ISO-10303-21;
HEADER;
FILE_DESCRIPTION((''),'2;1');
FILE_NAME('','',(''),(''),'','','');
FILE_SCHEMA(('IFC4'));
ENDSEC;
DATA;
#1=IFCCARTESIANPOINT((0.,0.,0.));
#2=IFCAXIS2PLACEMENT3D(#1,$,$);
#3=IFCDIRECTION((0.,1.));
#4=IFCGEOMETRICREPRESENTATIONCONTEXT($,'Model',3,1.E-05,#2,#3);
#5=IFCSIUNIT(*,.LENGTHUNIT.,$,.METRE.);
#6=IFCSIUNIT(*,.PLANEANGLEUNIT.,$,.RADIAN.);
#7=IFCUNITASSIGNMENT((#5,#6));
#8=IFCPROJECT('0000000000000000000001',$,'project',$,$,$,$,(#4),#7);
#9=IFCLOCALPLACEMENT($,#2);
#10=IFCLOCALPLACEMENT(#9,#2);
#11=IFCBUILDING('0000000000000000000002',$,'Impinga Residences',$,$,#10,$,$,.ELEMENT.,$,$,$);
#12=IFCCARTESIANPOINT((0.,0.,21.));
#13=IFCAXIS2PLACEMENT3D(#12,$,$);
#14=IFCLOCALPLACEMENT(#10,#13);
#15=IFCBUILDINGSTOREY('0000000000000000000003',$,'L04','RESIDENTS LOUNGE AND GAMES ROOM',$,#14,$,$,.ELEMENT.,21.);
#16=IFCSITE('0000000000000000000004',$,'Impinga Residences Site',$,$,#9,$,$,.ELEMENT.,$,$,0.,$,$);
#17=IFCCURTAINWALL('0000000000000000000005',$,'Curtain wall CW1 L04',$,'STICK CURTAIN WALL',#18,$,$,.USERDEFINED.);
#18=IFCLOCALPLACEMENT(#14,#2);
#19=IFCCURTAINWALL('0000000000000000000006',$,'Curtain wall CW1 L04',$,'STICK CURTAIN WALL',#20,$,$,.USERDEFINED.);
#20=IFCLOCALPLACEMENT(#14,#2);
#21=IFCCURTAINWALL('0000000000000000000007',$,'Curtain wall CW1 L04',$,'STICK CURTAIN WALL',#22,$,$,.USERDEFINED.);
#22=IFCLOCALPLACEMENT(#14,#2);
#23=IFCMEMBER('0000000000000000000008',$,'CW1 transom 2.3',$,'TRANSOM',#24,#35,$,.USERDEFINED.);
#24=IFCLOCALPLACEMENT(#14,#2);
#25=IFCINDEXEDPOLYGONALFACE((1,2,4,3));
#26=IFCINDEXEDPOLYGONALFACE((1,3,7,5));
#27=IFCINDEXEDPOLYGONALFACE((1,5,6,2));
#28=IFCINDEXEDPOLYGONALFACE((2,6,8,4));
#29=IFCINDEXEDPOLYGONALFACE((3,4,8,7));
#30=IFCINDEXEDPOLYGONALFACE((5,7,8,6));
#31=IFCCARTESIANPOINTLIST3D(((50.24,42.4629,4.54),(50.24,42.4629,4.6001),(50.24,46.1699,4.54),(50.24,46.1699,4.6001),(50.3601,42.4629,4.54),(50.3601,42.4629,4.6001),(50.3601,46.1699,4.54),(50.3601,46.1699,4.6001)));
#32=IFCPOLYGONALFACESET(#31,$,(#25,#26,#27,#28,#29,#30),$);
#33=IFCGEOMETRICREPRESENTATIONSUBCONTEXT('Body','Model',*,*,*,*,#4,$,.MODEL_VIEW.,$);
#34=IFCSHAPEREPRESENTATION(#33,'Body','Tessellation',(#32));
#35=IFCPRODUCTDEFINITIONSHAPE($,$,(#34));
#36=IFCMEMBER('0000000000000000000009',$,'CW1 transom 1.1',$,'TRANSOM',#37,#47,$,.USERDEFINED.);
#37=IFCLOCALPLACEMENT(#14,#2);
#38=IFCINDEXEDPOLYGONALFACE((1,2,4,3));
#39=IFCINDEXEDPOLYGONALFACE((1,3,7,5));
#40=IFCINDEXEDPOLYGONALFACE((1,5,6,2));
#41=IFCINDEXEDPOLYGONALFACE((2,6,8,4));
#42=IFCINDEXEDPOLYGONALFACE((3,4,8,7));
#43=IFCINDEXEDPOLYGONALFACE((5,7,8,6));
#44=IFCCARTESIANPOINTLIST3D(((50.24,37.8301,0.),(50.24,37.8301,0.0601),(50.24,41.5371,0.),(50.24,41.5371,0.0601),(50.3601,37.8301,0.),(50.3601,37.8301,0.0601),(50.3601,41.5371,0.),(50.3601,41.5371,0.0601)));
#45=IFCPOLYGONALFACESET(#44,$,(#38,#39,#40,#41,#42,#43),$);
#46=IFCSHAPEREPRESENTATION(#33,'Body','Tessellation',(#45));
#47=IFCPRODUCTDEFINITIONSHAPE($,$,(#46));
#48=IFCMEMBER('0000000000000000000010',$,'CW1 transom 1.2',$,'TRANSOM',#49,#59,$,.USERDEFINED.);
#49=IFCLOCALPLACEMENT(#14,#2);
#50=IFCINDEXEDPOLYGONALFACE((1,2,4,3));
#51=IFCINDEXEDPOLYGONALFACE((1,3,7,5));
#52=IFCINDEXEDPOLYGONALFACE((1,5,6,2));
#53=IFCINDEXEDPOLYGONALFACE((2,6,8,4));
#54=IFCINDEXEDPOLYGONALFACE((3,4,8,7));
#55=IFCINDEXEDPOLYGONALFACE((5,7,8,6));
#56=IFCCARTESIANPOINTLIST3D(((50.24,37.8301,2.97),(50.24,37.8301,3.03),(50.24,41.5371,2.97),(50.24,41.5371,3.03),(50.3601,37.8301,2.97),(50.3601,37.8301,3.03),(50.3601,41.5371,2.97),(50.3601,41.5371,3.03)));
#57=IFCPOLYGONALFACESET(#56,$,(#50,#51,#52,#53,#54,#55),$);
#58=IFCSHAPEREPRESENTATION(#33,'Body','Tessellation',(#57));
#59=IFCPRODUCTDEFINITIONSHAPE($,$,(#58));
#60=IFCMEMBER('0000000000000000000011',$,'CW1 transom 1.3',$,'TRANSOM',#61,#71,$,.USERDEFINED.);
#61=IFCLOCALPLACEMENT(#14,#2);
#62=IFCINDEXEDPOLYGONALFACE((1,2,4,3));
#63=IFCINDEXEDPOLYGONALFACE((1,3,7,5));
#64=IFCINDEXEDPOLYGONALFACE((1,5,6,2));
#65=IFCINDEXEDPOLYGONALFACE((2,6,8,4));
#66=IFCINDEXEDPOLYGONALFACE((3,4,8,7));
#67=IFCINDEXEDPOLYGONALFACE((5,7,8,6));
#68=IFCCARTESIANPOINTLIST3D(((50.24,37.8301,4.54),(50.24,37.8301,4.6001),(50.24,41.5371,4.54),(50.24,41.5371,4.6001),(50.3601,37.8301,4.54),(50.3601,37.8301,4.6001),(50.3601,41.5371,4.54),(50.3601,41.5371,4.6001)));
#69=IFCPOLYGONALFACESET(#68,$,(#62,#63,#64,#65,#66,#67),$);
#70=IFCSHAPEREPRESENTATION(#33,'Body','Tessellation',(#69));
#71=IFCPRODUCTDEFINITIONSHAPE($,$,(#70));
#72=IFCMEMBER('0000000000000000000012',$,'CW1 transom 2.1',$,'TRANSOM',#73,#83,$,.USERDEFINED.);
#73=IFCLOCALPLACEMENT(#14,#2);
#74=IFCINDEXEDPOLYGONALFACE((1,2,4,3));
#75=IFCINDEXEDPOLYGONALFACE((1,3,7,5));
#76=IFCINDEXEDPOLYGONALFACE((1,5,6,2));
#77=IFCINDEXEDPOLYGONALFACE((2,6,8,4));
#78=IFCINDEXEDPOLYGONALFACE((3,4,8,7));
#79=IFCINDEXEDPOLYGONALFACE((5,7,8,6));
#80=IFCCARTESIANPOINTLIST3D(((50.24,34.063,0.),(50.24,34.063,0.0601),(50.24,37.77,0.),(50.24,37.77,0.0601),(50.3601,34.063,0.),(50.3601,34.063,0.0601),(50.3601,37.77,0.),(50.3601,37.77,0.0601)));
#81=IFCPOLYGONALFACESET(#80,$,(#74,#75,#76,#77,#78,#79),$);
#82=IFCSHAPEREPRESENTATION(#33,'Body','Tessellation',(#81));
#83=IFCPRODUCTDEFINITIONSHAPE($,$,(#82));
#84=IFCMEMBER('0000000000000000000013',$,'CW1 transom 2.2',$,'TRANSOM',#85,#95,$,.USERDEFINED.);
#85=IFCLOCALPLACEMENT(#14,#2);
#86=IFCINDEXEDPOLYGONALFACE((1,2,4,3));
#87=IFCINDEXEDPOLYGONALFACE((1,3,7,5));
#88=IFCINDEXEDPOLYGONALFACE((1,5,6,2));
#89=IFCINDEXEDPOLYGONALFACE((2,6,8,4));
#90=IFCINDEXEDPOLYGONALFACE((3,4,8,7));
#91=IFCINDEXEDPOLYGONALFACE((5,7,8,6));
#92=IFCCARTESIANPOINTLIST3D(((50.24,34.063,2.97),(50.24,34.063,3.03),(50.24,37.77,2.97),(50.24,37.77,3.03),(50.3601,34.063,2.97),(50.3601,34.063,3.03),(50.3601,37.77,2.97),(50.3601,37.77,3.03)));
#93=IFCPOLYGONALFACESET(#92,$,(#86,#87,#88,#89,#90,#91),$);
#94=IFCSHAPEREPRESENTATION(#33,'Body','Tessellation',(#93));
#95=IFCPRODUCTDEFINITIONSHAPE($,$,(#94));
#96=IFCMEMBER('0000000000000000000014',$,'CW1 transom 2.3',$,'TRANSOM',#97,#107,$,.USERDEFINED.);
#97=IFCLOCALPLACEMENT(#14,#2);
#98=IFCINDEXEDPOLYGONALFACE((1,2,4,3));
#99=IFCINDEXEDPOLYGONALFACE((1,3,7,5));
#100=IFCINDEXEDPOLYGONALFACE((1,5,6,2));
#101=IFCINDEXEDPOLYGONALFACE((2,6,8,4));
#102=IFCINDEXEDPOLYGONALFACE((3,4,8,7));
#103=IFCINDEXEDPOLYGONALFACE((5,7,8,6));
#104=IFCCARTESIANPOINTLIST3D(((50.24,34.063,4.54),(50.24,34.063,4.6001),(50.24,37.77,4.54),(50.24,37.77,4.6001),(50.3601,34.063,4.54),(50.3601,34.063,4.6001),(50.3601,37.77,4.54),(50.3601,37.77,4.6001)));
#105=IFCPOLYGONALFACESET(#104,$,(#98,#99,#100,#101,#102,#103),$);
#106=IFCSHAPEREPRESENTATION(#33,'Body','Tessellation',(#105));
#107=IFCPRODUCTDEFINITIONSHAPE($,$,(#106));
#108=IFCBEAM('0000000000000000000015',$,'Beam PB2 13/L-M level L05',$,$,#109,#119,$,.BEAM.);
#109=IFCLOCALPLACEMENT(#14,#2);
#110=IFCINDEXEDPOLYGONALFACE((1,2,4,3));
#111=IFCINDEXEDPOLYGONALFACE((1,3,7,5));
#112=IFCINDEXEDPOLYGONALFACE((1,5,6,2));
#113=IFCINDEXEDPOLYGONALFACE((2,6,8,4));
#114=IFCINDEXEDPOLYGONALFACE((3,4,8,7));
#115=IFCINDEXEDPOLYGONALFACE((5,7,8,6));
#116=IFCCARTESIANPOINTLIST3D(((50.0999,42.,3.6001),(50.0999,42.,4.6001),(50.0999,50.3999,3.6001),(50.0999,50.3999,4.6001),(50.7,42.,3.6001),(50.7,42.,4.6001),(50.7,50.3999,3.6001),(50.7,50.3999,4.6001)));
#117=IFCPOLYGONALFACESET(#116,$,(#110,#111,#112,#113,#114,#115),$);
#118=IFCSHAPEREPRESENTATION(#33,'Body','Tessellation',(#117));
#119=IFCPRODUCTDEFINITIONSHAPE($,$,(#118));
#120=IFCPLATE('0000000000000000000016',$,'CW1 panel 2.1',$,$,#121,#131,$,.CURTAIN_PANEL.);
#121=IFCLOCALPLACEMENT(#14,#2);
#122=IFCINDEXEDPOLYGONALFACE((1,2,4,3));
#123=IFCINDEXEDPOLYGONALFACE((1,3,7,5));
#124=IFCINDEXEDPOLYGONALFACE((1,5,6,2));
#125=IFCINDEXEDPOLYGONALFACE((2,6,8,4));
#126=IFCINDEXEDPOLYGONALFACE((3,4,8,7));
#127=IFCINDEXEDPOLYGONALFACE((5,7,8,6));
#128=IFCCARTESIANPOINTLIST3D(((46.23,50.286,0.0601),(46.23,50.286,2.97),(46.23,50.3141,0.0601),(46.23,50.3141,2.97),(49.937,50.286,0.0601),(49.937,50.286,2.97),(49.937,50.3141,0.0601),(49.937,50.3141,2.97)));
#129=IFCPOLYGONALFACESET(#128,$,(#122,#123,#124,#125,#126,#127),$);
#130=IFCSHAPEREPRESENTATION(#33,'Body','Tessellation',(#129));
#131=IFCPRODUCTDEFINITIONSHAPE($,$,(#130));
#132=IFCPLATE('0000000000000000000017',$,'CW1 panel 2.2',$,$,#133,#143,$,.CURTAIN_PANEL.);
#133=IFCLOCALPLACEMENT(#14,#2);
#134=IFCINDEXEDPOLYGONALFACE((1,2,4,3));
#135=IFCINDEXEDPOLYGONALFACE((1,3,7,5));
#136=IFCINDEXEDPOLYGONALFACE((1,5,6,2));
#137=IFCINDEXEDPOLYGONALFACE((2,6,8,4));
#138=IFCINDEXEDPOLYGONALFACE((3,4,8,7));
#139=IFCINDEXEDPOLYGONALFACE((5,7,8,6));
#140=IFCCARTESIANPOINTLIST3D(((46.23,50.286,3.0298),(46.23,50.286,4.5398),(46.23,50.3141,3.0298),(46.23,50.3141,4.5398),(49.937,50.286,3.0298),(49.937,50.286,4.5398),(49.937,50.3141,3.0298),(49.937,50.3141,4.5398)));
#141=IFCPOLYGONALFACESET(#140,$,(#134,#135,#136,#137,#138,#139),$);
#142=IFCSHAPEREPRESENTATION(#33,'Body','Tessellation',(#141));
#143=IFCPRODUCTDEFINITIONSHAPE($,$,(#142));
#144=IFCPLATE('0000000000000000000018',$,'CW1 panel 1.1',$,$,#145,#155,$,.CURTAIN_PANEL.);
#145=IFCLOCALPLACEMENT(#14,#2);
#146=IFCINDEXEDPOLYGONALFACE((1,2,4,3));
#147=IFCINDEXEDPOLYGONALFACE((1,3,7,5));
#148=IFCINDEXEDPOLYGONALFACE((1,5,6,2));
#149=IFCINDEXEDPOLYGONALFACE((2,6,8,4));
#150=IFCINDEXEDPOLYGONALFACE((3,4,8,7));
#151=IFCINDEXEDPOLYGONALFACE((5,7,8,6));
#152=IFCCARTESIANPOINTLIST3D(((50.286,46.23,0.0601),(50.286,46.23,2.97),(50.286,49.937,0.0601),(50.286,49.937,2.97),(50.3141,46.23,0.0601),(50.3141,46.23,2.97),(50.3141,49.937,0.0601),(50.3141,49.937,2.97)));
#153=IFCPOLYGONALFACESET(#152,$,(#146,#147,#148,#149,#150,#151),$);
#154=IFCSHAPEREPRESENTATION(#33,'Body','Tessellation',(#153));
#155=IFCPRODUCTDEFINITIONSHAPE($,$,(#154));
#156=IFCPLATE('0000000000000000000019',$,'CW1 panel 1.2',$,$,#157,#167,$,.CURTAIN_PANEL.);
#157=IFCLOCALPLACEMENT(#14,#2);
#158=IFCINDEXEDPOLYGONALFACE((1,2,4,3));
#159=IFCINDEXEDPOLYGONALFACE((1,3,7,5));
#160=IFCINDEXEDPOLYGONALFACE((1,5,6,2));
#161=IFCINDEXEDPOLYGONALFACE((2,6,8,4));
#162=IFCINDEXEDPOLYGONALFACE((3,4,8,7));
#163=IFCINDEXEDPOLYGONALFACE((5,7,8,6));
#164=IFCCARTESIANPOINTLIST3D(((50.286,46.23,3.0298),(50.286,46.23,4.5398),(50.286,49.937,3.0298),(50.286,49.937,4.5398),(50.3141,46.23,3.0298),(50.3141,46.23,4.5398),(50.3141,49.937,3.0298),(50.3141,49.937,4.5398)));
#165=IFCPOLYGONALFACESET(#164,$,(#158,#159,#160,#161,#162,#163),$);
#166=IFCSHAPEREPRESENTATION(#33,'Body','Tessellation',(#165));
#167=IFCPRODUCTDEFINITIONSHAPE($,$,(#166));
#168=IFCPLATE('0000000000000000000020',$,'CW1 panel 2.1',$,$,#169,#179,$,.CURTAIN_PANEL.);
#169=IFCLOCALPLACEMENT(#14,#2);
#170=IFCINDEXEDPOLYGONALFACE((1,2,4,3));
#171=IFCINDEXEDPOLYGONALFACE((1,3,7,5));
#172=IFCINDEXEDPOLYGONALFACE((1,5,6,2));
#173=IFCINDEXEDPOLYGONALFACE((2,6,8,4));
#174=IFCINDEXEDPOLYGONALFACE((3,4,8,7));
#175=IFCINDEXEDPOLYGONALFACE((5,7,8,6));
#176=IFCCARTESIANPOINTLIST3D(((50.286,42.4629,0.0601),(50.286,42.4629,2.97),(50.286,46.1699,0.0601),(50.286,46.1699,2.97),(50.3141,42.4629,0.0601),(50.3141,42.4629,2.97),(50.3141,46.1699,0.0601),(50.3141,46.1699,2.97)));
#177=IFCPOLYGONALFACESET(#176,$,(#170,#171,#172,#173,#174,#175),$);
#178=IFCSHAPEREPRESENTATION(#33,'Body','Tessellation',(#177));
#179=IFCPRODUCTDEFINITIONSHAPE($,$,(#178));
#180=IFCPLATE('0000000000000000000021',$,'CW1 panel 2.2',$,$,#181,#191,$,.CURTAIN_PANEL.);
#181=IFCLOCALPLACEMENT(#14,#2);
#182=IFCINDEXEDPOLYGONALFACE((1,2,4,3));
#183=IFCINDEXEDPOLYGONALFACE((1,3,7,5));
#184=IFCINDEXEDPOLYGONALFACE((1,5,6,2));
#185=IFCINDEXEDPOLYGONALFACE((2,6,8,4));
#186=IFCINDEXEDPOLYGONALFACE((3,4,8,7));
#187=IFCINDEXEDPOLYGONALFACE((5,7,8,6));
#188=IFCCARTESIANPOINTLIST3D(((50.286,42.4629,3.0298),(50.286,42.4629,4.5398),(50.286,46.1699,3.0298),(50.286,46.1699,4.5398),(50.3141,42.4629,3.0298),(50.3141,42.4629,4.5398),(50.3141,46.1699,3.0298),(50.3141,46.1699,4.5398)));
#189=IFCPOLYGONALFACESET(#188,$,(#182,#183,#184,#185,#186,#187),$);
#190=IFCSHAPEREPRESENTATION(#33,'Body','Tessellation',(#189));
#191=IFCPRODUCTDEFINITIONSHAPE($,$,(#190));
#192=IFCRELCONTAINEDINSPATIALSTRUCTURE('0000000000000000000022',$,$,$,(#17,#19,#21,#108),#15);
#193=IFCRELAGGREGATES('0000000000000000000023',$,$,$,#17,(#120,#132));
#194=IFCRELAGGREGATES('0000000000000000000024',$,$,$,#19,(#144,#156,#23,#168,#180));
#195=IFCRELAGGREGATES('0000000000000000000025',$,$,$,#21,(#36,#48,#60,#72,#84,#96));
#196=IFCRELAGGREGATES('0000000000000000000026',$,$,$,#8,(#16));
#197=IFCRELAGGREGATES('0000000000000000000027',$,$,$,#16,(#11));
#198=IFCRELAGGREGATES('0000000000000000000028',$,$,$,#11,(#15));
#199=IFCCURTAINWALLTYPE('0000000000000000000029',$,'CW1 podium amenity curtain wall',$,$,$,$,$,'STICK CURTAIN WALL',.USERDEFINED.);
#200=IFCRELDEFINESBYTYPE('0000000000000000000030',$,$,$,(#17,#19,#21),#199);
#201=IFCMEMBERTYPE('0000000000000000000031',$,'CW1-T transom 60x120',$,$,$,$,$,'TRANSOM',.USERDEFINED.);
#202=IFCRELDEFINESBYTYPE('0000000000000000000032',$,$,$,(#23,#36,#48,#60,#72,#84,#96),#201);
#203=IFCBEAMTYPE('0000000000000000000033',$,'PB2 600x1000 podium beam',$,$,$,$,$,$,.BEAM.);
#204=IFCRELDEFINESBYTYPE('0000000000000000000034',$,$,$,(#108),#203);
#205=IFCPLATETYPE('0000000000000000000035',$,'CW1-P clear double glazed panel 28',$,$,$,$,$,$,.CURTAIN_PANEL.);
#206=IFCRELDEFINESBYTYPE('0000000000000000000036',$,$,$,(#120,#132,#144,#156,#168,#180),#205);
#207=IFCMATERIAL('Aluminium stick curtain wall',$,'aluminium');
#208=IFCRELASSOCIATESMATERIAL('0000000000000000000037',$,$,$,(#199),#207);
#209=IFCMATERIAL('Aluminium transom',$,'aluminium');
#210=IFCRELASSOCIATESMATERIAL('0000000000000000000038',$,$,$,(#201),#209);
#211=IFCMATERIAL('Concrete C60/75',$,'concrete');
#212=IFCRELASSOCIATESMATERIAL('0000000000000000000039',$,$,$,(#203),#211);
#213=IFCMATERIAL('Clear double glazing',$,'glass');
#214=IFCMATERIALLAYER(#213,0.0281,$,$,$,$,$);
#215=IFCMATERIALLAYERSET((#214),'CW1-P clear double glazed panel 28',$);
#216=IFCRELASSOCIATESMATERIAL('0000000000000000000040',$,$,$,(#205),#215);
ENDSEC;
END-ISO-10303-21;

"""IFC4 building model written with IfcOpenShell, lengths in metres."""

from ifc_helpers import new_model, si_unit, direction, frame, origin, origin_2d, place, context, subcontext, project, spatial, rectangle, extrude, material, layer, layer_set, material_profile, profile_set, type_object, element, aggregate, save


model = new_model("IFC4")

# Units and contexts
model_context = context("Model", 3, precision=1e-05, world=origin(), true_north=direction((0.0, 1.0)))
body_context = subcontext(model_context, "Body", "Model", "MODEL_VIEW")
ifc_project = project(units=[si_unit("LENGTHUNIT", "METRE"), si_unit("PLANEANGLEUNIT", "RADIAN")], contexts=[model_context])

# Site, building, storey
site_placement = place(None, origin())
site = spatial("IfcSite", under=ifc_project, at=site_placement, Name="Impinga Residences Site", CompositionType="ELEMENT", RefElevation=0.0)
building_placement = place(site_placement, origin())
building = spatial("IfcBuilding", under=site, at=building_placement, Name="Impinga Residences", CompositionType="ELEMENT")
storey_placement = place(building_placement, frame((0.0, 0.0, 21.0)))
storey = spatial("IfcBuildingStorey", under=building, at=storey_placement, Name="L04", Description="RESIDENTS LOUNGE AND GAMES ROOM", CompositionType="ELEMENT", Elevation=21.0)

# Curtain wall
ifc_material_1 = material(Name="Aluminium stick curtain wall", Category="aluminium")
curtain_wall_type = type_object("IfcCurtainWallType", Name="CW1 podium amenity curtain wall", ElementType="STICK CURTAIN WALL", PredefinedType="USERDEFINED", material=ifc_material_1)
curtain_wall_1_placement = place(storey_placement, origin())
curtain_wall_1 = element("IfcCurtainWall", 1, at=curtain_wall_1_placement, inside=storey, type_object=curtain_wall_type, Name="Curtain wall CW1 L04", ObjectType="STICK CURTAIN WALL", PredefinedType="USERDEFINED")

# Curtain walls
curtain_wall_2_placement = place(storey_placement, origin())
curtain_wall_2 = element("IfcCurtainWall", 2, at=curtain_wall_2_placement, inside=storey, type_object=curtain_wall_type, Name="Curtain wall CW1 L04", ObjectType="STICK CURTAIN WALL", PredefinedType="USERDEFINED")
curtain_wall_3_placement = place(storey_placement, origin())
curtain_wall_3 = element("IfcCurtainWall", 3, at=curtain_wall_3_placement, inside=storey, type_object=curtain_wall_type, Name="Curtain wall CW1 L04", ObjectType="STICK CURTAIN WALL", PredefinedType="USERDEFINED")

# Members
ifc_material_2 = material(Name="Aluminium transom", Category="aluminium")
ifc_material_profile_1 = material_profile(ifc_material_2, rectangle(XDim=0.0601, YDim=0.1201, at=origin_2d()), Name="60x120 transom")
ifc_profile_set_1 = profile_set([ifc_material_profile_1], Name="Aluminium transom")
member_type_1 = type_object("IfcMemberType", Name="CW1-T transom 60x120", ElementType="TRANSOM", PredefinedType="USERDEFINED", material=ifc_profile_set_1)
member_1_placement = place(storey_placement, frame((50.3, 46.1699, 4.5701), z_axis=(0.0, -1.0, 0.0), x_axis=(0.0, 0.0, 1.0)))
member_1 = element("IfcMember", 4, at=member_1_placement, type_object=member_type_1, Name="CW1 transom 2.3", ObjectType="TRANSOM", PredefinedType="USERDEFINED", context=body_context, shape_type="SweptSolid", body=[
    extrude(rectangle(XDim=0.0601, YDim=0.1201, at=origin_2d()), origin(), (0.0, 0.0, 1.0), 3.707),
])
member_2_placement = place(storey_placement, frame((50.3, 41.5371, 0.03), z_axis=(0.0, -1.0, 0.0), x_axis=(0.0, 0.0, 1.0)))
member_2 = element("IfcMember", 5, at=member_2_placement, type_object=member_type_1, Name="CW1 transom 1.1", ObjectType="TRANSOM", PredefinedType="USERDEFINED", context=body_context, shape_type="SweptSolid", body=[
    extrude(rectangle(XDim=0.0601, YDim=0.1201, at=origin_2d()), origin(), (0.0, 0.0, 1.0), 3.707),
])
member_3_placement = place(storey_placement, frame((50.3, 41.5371, 3.0), z_axis=(0.0, -1.0, 0.0), x_axis=(0.0, 0.0, 1.0)))
member_3 = element("IfcMember", 6, at=member_3_placement, type_object=member_type_1, Name="CW1 transom 1.2", ObjectType="TRANSOM", PredefinedType="USERDEFINED", context=body_context, shape_type="SweptSolid", body=[
    extrude(rectangle(XDim=0.0601, YDim=0.1201, at=origin_2d()), origin(), (0.0, 0.0, 1.0), 3.707),
])
member_4_placement = place(storey_placement, frame((50.3, 41.5371, 4.5701), z_axis=(0.0, -1.0, 0.0), x_axis=(0.0, 0.0, 1.0)))
member_4 = element("IfcMember", 7, at=member_4_placement, type_object=member_type_1, Name="CW1 transom 1.3", ObjectType="TRANSOM", PredefinedType="USERDEFINED", context=body_context, shape_type="SweptSolid", body=[
    extrude(rectangle(XDim=0.0601, YDim=0.1201, at=origin_2d()), origin(), (0.0, 0.0, 1.0), 3.707),
])
member_5_placement = place(storey_placement, frame((50.3, 37.77, 0.03), z_axis=(0.0, -1.0, 0.0), x_axis=(0.0, 0.0, 1.0)))
member_5 = element("IfcMember", 8, at=member_5_placement, type_object=member_type_1, Name="CW1 transom 2.1", ObjectType="TRANSOM", PredefinedType="USERDEFINED", context=body_context, shape_type="SweptSolid", body=[
    extrude(rectangle(XDim=0.0601, YDim=0.1201, at=origin_2d()), origin(), (0.0, 0.0, 1.0), 3.707),
])
member_6_placement = place(storey_placement, frame((50.3, 37.77, 3.0), z_axis=(0.0, -1.0, 0.0), x_axis=(0.0, 0.0, 1.0)))
member_6 = element("IfcMember", 9, at=member_6_placement, type_object=member_type_1, Name="CW1 transom 2.2", ObjectType="TRANSOM", PredefinedType="USERDEFINED", context=body_context, shape_type="SweptSolid", body=[
    extrude(rectangle(XDim=0.0601, YDim=0.1201, at=origin_2d()), origin(), (0.0, 0.0, 1.0), 3.707),
])
member_7_placement = place(storey_placement, frame((50.3, 37.77, 4.5701), z_axis=(0.0, -1.0, 0.0), x_axis=(0.0, 0.0, 1.0)))
member_7 = element("IfcMember", 10, at=member_7_placement, type_object=member_type_1, Name="CW1 transom 2.3", ObjectType="TRANSOM", PredefinedType="USERDEFINED", context=body_context, shape_type="SweptSolid", body=[
    extrude(rectangle(XDim=0.0601, YDim=0.1201, at=origin_2d()), origin(), (0.0, 0.0, 1.0), 3.707),
])

# Beam
ifc_material_3 = material(Name="Concrete C60/75", Category="concrete")
ifc_material_profile_2 = material_profile(ifc_material_3, rectangle(XDim=0.6001, YDim=1.0, at=origin_2d()), Name="RC 600x1000")
ifc_profile_set_2 = profile_set([ifc_material_profile_2], Name="Concrete C60/75")
beam_type = type_object("IfcBeamType", Name="PB2 600x1000 podium beam", PredefinedType="BEAM", material=ifc_profile_set_2)
beam_placement = place(storey_placement, frame((50.3999, 42.0, 4.1001), z_axis=(0.0, 1.0, 0.0), x_axis=(-1.0, 0.0, 0.0)))
element("IfcBeam", 11, at=beam_placement, inside=storey, type_object=beam_type, Name="Beam PB2 13/L-M level L05", PredefinedType="BEAM", context=body_context, shape_type="SweptSolid", body=[
    extrude(rectangle(XDim=0.6001, YDim=1.0, at=origin_2d()), origin(), (0.0, 0.0, 1.0), 8.3999),
])

# Plates
ifc_material_4 = material(Name="Clear double glazing", Category="glass")
ifc_layer = layer(ifc_material_4, 0.0281)
ifc_layer_set = layer_set([ifc_layer], Name="CW1-P clear double glazed panel 28")
plate_type = type_object("IfcPlateType", Name="CW1-P clear double glazed panel 28", PredefinedType="CURTAIN_PANEL", material=ifc_layer_set)
plate_1_placement = place(storey_placement, frame((48.0835, 50.3, 0.0601), z_axis=(0.0, 0.0, 1.0), x_axis=(1.0, 0.0, 0.0)))
plate_1 = element("IfcPlate", 12, at=plate_1_placement, type_object=plate_type, Name="CW1 panel 2.1", PredefinedType="CURTAIN_PANEL", context=body_context, shape_type="SweptSolid", body=[
    extrude(rectangle(XDim=3.707, YDim=0.0281, at=origin_2d()), origin(), (0.0, 0.0, 1.0), 2.9099),
])
plate_2_placement = place(storey_placement, frame((48.0835, 50.3, 3.0298), z_axis=(0.0, 0.0, 1.0), x_axis=(1.0, 0.0, 0.0)))
plate_2 = element("IfcPlate", 13, at=plate_2_placement, type_object=plate_type, Name="CW1 panel 2.2", PredefinedType="CURTAIN_PANEL", context=body_context, shape_type="SweptSolid", body=[
    extrude(rectangle(XDim=3.707, YDim=0.0281, at=origin_2d()), origin(), (0.0, 0.0, 1.0), 1.51),
])
aggregate(curtain_wall_1, [plate_1, plate_2])
plate_3_placement = place(storey_placement, frame((50.3, 48.0835, 0.0601), z_axis=(0.0, 0.0, 1.0), x_axis=(0.0, -1.0, 0.0)))
plate_3 = element("IfcPlate", 14, at=plate_3_placement, type_object=plate_type, Name="CW1 panel 1.1", PredefinedType="CURTAIN_PANEL", context=body_context, shape_type="SweptSolid", body=[
    extrude(rectangle(XDim=3.707, YDim=0.0281, at=origin_2d()), origin(), (0.0, 0.0, 1.0), 2.9099),
])
plate_4_placement = place(storey_placement, frame((50.3, 48.0835, 3.0298), z_axis=(0.0, 0.0, 1.0), x_axis=(0.0, -1.0, 0.0)))
plate_4 = element("IfcPlate", 15, at=plate_4_placement, type_object=plate_type, Name="CW1 panel 1.2", PredefinedType="CURTAIN_PANEL", context=body_context, shape_type="SweptSolid", body=[
    extrude(rectangle(XDim=3.707, YDim=0.0281, at=origin_2d()), origin(), (0.0, 0.0, 1.0), 1.51),
])
plate_5_placement = place(storey_placement, frame((50.3, 44.3164, 0.0601), z_axis=(0.0, 0.0, 1.0), x_axis=(0.0, -1.0, 0.0)))
plate_5 = element("IfcPlate", 16, at=plate_5_placement, type_object=plate_type, Name="CW1 panel 2.1", PredefinedType="CURTAIN_PANEL", context=body_context, shape_type="SweptSolid", body=[
    extrude(rectangle(XDim=3.707, YDim=0.0281, at=origin_2d()), origin(), (0.0, 0.0, 1.0), 2.9099),
])
plate_6_placement = place(storey_placement, frame((50.3, 44.3164, 3.0298), z_axis=(0.0, 0.0, 1.0), x_axis=(0.0, -1.0, 0.0)))
plate_6 = element("IfcPlate", 17, at=plate_6_placement, type_object=plate_type, Name="CW1 panel 2.2", PredefinedType="CURTAIN_PANEL", context=body_context, shape_type="SweptSolid", body=[
    extrude(rectangle(XDim=3.707, YDim=0.0281, at=origin_2d()), origin(), (0.0, 0.0, 1.0), 1.51),
])
aggregate(curtain_wall_2, [plate_3, plate_4, member_1, plate_5, plate_6])
aggregate(curtain_wall_3, [member_2, member_3, member_4, member_5, member_6, member_7])

save(model, "model.ifc")
